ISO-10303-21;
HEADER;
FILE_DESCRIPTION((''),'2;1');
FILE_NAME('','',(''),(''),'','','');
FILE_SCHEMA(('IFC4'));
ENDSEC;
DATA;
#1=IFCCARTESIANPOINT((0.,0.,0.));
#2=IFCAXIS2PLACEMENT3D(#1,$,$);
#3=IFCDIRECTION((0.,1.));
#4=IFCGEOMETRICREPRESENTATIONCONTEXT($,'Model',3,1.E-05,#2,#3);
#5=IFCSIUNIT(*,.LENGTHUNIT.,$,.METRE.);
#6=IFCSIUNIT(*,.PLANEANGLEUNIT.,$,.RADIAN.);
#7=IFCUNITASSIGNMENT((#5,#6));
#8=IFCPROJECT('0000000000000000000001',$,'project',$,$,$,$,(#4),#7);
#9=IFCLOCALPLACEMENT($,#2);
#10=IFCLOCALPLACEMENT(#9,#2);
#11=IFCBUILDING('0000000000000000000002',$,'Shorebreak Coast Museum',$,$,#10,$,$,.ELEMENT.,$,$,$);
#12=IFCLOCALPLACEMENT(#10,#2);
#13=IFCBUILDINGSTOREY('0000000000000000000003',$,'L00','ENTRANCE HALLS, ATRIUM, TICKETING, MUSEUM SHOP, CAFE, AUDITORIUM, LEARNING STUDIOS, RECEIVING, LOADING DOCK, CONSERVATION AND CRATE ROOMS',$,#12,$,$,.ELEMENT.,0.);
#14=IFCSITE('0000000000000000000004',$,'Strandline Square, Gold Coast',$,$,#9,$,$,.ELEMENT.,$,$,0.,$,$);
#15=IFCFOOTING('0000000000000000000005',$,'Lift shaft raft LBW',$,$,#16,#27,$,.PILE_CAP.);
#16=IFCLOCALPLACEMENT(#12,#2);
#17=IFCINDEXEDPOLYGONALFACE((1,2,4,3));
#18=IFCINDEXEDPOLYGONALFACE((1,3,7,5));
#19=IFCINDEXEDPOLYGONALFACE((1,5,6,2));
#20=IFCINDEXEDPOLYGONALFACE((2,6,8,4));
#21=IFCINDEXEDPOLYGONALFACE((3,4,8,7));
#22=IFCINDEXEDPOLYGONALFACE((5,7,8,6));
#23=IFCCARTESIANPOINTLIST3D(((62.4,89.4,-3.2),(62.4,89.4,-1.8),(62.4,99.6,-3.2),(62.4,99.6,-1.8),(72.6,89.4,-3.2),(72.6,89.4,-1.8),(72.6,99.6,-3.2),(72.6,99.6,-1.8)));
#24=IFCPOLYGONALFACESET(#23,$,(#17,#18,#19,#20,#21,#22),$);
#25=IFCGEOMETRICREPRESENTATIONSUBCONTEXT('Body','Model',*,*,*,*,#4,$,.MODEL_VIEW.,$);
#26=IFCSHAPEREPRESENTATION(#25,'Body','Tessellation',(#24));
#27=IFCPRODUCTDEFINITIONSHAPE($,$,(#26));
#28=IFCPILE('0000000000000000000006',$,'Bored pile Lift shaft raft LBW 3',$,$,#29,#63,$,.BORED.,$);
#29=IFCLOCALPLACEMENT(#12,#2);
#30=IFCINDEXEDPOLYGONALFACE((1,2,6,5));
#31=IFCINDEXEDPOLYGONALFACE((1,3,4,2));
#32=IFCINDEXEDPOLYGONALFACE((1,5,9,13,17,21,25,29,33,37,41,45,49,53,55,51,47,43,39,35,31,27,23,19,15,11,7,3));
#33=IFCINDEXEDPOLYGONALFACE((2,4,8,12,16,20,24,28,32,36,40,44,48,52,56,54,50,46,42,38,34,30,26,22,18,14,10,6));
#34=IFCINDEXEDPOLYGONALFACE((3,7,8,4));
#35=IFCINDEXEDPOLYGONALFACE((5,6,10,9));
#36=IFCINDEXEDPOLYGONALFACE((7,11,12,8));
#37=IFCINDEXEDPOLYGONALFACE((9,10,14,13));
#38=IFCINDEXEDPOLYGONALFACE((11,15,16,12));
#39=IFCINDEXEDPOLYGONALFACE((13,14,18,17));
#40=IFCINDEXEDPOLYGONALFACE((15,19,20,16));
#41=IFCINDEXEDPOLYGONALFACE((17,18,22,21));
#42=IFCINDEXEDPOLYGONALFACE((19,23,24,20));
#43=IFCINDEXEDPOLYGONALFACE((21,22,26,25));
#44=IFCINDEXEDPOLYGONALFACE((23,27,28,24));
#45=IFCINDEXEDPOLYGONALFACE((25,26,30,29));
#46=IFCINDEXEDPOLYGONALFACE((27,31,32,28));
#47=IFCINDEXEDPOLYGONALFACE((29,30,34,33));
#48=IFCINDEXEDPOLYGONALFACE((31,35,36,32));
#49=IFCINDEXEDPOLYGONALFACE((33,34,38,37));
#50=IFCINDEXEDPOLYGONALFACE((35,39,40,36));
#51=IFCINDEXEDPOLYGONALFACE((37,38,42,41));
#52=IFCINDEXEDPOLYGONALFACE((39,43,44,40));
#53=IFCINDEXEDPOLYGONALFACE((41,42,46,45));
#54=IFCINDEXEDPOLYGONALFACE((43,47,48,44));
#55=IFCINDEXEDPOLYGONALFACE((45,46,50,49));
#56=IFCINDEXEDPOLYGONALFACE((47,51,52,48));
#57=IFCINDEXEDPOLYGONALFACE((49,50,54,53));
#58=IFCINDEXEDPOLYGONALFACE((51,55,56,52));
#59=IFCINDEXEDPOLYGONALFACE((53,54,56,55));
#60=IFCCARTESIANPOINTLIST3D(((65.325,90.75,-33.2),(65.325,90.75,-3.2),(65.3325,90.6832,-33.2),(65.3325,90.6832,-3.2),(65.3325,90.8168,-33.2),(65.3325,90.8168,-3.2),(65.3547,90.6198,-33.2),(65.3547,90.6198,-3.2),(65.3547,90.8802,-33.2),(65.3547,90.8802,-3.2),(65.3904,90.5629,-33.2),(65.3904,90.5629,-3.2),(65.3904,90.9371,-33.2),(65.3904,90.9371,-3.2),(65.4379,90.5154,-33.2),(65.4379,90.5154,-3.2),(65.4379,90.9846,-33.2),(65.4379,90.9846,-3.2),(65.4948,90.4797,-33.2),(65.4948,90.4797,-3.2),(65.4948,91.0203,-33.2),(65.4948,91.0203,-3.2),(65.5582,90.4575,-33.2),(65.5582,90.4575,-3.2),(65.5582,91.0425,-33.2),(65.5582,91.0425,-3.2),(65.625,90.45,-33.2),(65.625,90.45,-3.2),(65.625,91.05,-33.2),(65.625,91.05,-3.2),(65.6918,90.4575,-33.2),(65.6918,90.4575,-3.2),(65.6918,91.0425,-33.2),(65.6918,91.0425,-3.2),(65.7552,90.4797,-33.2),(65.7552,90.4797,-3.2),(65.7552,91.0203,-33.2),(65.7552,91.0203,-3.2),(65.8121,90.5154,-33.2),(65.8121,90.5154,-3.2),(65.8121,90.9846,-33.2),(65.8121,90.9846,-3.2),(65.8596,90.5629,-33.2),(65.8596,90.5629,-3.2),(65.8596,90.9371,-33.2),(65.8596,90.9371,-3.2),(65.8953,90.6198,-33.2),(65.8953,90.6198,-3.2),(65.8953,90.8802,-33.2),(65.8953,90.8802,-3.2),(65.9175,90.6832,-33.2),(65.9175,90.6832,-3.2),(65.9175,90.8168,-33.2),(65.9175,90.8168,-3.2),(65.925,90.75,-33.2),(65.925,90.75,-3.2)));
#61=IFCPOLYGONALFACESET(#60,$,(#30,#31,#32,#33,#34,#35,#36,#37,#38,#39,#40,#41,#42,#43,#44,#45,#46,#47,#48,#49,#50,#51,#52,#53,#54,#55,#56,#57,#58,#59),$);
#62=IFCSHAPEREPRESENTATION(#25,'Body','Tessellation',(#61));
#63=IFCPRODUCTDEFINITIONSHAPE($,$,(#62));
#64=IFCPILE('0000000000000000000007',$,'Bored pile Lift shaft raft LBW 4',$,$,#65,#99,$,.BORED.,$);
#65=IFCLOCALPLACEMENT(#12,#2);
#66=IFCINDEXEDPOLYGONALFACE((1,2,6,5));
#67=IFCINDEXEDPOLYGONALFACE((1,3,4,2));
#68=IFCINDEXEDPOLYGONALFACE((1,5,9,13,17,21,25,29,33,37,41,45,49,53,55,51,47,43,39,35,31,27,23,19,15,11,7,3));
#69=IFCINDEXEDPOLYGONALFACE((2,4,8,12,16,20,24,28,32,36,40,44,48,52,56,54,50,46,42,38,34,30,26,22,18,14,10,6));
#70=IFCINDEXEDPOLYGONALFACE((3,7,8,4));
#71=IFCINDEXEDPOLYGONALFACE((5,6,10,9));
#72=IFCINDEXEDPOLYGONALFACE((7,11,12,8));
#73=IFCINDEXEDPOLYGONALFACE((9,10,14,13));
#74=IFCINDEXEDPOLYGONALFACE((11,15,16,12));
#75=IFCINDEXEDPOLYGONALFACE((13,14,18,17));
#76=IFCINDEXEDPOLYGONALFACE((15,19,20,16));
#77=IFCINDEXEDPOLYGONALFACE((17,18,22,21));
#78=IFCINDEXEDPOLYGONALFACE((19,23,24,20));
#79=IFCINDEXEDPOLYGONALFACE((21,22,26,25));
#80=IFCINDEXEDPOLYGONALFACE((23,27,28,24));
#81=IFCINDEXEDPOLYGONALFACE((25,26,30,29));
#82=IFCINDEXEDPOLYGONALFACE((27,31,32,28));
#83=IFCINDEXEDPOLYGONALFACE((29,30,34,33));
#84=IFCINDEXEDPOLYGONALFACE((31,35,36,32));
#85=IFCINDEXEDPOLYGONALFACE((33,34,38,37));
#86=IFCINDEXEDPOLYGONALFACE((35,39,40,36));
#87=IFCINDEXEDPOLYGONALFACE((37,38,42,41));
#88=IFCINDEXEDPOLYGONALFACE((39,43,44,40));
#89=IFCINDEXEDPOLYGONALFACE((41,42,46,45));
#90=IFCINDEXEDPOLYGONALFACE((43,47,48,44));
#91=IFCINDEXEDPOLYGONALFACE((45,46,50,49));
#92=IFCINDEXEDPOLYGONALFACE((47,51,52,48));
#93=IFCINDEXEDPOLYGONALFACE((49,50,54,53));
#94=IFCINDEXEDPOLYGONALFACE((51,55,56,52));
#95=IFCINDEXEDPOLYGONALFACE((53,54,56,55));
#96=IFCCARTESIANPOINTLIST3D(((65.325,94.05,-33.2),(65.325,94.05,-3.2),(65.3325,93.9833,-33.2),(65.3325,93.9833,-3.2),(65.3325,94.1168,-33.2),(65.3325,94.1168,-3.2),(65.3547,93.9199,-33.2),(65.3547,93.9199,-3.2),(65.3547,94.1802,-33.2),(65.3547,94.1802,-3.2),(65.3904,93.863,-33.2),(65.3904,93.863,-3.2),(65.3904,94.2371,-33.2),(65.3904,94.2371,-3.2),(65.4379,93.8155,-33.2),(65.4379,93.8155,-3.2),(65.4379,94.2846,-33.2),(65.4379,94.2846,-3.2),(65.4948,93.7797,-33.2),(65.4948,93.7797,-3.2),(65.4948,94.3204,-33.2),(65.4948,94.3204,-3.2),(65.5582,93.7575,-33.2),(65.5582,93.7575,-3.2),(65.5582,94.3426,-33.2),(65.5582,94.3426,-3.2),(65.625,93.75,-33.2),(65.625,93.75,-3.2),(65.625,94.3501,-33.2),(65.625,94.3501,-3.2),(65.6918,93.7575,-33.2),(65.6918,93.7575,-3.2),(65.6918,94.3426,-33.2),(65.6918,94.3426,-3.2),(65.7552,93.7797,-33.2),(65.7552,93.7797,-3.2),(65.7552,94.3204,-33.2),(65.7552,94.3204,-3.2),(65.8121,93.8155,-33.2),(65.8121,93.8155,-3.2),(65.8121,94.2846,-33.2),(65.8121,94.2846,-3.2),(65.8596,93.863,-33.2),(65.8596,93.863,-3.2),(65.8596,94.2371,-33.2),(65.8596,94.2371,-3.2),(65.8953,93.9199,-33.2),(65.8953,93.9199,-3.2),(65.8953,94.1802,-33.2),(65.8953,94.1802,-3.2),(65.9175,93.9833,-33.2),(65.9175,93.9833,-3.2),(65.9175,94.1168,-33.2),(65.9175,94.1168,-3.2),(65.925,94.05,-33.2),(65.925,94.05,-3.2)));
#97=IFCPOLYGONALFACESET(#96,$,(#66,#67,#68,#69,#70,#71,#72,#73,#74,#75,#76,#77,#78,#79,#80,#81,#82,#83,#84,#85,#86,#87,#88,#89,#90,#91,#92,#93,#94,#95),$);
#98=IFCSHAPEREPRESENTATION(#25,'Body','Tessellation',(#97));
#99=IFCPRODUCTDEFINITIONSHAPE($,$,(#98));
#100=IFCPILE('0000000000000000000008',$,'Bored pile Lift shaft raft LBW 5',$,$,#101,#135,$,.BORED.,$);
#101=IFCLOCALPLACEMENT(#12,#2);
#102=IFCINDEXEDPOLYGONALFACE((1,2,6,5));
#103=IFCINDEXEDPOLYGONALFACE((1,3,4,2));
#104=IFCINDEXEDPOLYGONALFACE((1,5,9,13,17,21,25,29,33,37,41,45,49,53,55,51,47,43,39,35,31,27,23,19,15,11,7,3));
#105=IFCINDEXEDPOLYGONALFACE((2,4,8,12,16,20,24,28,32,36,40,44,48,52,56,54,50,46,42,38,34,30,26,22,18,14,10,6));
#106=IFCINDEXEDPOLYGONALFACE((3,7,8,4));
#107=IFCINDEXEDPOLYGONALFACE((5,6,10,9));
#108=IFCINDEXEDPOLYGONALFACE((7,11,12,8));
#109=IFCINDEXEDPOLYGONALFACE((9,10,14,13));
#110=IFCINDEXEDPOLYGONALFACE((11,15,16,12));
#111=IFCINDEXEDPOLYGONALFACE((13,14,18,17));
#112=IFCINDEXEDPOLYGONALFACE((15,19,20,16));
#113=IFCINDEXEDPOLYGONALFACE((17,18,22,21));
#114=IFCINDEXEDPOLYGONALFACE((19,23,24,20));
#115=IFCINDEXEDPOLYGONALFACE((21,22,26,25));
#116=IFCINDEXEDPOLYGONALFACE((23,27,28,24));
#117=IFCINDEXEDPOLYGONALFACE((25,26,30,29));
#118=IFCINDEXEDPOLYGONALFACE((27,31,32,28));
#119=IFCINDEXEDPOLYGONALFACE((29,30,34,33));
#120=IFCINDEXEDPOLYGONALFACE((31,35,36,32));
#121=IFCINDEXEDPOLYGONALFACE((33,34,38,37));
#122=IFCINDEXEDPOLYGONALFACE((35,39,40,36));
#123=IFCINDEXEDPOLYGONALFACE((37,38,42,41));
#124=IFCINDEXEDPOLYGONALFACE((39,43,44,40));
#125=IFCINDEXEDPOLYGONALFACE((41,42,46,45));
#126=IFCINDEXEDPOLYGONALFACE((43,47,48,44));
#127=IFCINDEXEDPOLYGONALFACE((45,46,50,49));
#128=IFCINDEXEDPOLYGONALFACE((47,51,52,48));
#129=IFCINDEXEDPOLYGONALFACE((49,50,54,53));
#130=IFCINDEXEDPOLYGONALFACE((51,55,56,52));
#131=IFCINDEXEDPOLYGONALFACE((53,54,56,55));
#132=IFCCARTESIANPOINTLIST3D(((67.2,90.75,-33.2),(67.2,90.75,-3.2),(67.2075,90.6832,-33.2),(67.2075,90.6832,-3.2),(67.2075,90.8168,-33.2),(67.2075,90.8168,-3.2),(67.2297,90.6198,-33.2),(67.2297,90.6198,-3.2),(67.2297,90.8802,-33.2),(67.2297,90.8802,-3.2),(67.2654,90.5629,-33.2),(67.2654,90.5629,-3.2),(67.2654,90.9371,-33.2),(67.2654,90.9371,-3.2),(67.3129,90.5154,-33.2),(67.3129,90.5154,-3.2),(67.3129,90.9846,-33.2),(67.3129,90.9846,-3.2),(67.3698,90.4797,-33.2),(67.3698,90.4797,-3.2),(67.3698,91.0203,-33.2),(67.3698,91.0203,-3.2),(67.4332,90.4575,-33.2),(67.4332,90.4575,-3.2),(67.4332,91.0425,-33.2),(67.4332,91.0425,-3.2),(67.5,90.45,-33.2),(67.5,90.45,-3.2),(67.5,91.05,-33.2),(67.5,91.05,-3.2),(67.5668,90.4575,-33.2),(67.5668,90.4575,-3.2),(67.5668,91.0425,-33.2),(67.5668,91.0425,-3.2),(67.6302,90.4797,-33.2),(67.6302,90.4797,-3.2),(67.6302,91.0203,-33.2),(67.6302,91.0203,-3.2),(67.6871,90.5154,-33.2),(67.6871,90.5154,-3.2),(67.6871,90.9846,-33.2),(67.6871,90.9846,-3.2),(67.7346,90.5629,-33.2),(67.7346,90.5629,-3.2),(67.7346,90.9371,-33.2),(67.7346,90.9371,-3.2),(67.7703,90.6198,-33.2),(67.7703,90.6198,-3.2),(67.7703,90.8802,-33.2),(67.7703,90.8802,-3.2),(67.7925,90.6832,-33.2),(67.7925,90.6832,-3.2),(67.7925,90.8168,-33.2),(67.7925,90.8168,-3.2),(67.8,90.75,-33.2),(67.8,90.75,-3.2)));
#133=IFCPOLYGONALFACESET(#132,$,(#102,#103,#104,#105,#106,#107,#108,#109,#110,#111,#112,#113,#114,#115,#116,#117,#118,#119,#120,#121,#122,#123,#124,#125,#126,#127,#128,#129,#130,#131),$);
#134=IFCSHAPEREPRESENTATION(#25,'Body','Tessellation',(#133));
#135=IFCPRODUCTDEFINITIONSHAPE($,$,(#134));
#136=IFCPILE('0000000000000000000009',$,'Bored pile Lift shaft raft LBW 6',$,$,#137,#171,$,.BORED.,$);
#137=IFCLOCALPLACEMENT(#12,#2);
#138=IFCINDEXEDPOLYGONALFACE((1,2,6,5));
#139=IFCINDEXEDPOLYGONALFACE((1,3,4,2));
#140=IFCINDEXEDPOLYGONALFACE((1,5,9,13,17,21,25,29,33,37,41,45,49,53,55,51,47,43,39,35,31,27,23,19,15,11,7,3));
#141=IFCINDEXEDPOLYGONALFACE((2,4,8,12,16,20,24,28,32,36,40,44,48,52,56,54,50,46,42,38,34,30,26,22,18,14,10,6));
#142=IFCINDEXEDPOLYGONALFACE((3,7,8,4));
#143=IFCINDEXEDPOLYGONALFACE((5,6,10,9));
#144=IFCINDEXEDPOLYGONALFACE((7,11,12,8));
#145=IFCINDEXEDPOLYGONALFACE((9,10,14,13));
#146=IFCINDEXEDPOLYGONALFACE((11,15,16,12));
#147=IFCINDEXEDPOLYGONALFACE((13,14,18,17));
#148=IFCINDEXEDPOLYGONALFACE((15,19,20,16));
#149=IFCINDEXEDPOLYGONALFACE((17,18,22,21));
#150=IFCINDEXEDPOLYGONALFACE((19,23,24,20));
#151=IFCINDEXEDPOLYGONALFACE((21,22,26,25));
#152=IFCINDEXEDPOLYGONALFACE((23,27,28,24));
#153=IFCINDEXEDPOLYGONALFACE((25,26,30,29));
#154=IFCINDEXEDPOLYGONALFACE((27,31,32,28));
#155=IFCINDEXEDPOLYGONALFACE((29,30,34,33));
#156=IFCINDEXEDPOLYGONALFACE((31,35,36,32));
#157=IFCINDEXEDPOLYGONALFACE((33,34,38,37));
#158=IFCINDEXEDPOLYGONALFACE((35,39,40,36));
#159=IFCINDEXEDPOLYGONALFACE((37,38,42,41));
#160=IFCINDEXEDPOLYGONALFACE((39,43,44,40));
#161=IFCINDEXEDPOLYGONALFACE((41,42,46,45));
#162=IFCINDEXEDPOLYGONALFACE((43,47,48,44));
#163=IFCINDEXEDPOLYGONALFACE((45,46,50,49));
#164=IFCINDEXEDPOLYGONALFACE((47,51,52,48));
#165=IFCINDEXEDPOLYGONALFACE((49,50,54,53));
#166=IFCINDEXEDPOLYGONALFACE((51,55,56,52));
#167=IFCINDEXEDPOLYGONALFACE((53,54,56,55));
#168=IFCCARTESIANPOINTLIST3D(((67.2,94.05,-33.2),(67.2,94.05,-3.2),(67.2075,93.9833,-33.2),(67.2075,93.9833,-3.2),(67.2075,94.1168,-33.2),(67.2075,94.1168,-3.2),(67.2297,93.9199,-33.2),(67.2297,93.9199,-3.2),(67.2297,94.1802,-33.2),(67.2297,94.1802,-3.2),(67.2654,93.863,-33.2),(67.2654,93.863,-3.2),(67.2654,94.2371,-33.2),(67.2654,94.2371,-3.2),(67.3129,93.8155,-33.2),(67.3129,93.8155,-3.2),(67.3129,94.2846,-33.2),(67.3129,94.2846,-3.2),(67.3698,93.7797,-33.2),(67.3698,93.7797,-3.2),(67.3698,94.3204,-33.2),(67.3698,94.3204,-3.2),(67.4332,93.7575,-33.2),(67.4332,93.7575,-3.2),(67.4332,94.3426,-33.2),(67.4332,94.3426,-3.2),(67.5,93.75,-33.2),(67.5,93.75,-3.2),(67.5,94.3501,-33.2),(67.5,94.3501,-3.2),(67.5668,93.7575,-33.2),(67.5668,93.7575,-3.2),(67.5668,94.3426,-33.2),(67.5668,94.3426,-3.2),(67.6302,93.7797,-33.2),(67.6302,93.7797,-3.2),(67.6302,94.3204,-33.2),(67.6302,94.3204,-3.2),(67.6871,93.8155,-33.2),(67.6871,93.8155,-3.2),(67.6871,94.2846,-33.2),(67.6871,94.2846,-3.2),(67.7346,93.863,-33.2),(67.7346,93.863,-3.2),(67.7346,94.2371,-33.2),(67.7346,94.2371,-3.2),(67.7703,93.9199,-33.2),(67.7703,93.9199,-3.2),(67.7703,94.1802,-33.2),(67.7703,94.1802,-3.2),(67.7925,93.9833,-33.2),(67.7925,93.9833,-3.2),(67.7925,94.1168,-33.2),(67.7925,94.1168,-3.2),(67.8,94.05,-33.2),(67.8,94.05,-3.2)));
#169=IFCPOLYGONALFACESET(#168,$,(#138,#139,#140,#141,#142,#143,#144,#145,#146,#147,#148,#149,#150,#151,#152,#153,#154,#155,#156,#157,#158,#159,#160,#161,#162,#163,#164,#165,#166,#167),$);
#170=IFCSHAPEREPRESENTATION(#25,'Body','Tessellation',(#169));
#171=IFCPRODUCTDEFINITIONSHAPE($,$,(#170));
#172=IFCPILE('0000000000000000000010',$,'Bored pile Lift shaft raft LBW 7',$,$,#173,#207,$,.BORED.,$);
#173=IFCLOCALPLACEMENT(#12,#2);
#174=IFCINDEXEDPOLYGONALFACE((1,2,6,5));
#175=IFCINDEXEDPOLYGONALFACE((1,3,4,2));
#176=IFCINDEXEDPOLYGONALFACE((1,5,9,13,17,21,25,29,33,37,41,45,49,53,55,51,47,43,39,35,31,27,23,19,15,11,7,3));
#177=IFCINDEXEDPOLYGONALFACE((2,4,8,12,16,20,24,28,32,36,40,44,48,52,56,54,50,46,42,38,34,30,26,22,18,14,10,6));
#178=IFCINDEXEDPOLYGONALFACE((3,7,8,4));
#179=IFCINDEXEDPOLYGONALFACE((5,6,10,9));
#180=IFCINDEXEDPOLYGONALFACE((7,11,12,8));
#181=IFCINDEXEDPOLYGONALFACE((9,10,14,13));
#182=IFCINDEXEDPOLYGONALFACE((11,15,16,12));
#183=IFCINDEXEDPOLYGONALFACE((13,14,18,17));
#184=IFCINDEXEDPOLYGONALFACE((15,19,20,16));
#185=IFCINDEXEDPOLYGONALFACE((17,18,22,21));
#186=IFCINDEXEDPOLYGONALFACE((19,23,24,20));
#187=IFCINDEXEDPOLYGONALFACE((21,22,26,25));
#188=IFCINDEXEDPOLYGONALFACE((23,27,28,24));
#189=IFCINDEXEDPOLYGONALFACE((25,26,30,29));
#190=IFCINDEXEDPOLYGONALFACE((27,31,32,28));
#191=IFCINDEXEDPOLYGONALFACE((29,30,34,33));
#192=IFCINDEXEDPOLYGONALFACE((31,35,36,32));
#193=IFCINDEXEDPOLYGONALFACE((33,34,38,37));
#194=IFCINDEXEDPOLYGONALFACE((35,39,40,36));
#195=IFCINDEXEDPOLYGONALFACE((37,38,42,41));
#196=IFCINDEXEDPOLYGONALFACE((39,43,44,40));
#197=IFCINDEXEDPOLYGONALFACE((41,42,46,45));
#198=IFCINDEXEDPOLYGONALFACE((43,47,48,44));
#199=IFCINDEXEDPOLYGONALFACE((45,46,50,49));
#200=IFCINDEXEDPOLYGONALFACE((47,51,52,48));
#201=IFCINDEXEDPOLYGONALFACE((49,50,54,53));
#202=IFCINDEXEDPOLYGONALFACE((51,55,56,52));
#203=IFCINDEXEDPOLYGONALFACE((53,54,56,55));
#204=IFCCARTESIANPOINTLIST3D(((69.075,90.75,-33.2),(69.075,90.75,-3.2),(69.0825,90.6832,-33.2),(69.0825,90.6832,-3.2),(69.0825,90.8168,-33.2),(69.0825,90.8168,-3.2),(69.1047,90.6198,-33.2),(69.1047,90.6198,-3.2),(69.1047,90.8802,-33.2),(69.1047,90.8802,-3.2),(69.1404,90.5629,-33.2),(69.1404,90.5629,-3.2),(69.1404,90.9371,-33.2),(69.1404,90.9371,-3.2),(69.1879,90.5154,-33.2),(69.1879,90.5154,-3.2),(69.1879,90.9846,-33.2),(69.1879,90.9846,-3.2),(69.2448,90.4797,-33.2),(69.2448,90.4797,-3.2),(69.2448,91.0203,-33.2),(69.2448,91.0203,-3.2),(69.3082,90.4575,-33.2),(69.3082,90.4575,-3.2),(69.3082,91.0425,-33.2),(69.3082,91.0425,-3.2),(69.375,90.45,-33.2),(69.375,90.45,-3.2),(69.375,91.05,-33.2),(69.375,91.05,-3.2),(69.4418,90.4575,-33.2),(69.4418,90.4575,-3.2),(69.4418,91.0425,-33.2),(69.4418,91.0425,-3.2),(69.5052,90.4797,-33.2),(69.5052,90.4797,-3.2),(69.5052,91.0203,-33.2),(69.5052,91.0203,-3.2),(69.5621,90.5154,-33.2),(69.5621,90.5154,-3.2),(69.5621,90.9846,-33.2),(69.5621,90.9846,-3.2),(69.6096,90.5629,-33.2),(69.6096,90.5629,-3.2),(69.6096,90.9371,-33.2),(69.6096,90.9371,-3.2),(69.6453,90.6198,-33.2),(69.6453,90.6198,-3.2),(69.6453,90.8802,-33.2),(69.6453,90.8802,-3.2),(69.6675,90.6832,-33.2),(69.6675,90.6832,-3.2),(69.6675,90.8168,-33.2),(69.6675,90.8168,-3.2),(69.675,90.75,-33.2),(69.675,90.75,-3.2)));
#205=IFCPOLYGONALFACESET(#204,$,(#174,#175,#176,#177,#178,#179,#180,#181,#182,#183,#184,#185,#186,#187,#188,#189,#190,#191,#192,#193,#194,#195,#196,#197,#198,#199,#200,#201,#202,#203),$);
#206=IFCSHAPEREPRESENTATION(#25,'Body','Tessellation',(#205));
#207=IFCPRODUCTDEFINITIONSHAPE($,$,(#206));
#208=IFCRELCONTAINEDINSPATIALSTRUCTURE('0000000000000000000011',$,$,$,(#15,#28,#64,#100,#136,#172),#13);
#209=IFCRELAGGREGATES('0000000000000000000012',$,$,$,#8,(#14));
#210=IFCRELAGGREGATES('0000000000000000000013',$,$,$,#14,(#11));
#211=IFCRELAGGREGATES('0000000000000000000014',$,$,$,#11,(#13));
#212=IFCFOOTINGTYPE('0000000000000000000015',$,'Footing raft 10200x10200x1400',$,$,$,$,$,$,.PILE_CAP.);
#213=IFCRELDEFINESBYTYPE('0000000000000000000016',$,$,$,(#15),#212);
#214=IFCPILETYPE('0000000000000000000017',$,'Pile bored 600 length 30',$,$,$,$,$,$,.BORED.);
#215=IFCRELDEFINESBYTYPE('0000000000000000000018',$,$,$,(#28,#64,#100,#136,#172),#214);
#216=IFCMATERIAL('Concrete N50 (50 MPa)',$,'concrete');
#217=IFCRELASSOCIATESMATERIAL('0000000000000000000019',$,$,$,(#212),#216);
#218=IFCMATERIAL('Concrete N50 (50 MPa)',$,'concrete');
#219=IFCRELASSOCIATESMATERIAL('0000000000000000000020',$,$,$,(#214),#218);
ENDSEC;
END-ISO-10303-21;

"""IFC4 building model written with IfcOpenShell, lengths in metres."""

from ifc_helpers import new_model, si_unit, direction, frame, origin, origin_2d, place, context, subcontext, project, spatial, rectangle, circle, extrude, material, material_profile, profile_set, type_object, element, save


model = new_model("IFC4")

# Units and contexts
model_context = context("Model", 3, precision=1e-05, world=origin(), true_north=direction((0.0, 1.0)))
body_context = subcontext(model_context, "Body", "Model", "MODEL_VIEW")
ifc_project = project(units=[si_unit("LENGTHUNIT", "METRE"), si_unit("PLANEANGLEUNIT", "RADIAN")], contexts=[model_context])

# Site, building, storey
site_placement = place(None, origin())
site = spatial("IfcSite", under=ifc_project, at=site_placement, Name="Strandline Square, Gold Coast", CompositionType="ELEMENT", RefElevation=0.0)
building_placement = place(site_placement, origin())
building = spatial("IfcBuilding", under=site, at=building_placement, Name="Shorebreak Coast Museum", CompositionType="ELEMENT")
storey_placement = place(building_placement, origin())
storey = spatial("IfcBuildingStorey", under=building, at=storey_placement, Name="L00", Description="ENTRANCE HALLS, ATRIUM, TICKETING, MUSEUM SHOP, CAFE, AUDITORIUM, LEARNING STUDIOS, RECEIVING, LOADING DOCK, CONSERVATION AND CRATE ROOMS", CompositionType="ELEMENT", Elevation=0.0)

# Footing
ifc_material_1 = material(Name="Concrete N50 (50 MPa)", Category="concrete")
footing_type = type_object("IfcFootingType", Name="Footing raft 10200x10200x1400", PredefinedType="PILE_CAP", material=ifc_material_1)
footing_placement = place(storey_placement, frame((67.5, 94.5, -3.2), z_axis=(0.0, 0.0, 1.0), x_axis=(1.0, 0.0, 0.0)))
element("IfcFooting", 1, at=footing_placement, inside=storey, type_object=footing_type, Name="Lift shaft raft LBW", PredefinedType="PILE_CAP", context=body_context, shape_type="SweptSolid", body=[
    extrude(rectangle(XDim=10.2, YDim=10.2, at=origin_2d()), origin(), (0.0, 0.0, 1.0), 1.3999),
])

# Piles
ifc_material_2 = material(Name="Concrete N50 (50 MPa)", Category="concrete")
ifc_material_profile_1 = material_profile(ifc_material_2, circle(Radius=0.3, at=origin_2d()), Name="Pile bored 600 length 30")
ifc_profile_set_1 = profile_set([ifc_material_profile_1], Name="Concrete N50 (50 MPa)")
pile_type_1 = type_object("IfcPileType", Name="Pile bored 600 length 30", PredefinedType="BORED", material=ifc_profile_set_1)
for number, where, z_axis, x_axis, name in (
    (2, (65.625, 90.75, -3.2), (0.0, 0.0, -1.0), (1.0, 0.0, 0.0), "Bored pile Lift shaft raft LBW 3"),
    (3, (65.625, 94.05, -3.2), (0.0, 0.0, -1.0), (1.0, 0.0, 0.0), "Bored pile Lift shaft raft LBW 4"),
    (4, (67.5, 90.75, -3.2), (0.0, 0.0, -1.0), (1.0, 0.0, 0.0), "Bored pile Lift shaft raft LBW 5"),
    (5, (67.5, 94.05, -3.2), (0.0, 0.0, -1.0), (1.0, 0.0, 0.0), "Bored pile Lift shaft raft LBW 6"),
    (6, (69.375, 90.75, -3.2), (0.0, 0.0, -1.0), (1.0, 0.0, 0.0), "Bored pile Lift shaft raft LBW 7"),
):
    element("IfcPile", number, at=place(storey_placement, frame(where, z_axis=z_axis, x_axis=x_axis)), inside=storey, type_object=pile_type_1, Name=name, PredefinedType="BORED", context=body_context, shape_type="SweptSolid", body=[
        extrude(circle(Radius=0.3, at=origin_2d()), origin(), (0.0, 0.0, 1.0), 30.0),
    ])

save(model, "model.ifc")
